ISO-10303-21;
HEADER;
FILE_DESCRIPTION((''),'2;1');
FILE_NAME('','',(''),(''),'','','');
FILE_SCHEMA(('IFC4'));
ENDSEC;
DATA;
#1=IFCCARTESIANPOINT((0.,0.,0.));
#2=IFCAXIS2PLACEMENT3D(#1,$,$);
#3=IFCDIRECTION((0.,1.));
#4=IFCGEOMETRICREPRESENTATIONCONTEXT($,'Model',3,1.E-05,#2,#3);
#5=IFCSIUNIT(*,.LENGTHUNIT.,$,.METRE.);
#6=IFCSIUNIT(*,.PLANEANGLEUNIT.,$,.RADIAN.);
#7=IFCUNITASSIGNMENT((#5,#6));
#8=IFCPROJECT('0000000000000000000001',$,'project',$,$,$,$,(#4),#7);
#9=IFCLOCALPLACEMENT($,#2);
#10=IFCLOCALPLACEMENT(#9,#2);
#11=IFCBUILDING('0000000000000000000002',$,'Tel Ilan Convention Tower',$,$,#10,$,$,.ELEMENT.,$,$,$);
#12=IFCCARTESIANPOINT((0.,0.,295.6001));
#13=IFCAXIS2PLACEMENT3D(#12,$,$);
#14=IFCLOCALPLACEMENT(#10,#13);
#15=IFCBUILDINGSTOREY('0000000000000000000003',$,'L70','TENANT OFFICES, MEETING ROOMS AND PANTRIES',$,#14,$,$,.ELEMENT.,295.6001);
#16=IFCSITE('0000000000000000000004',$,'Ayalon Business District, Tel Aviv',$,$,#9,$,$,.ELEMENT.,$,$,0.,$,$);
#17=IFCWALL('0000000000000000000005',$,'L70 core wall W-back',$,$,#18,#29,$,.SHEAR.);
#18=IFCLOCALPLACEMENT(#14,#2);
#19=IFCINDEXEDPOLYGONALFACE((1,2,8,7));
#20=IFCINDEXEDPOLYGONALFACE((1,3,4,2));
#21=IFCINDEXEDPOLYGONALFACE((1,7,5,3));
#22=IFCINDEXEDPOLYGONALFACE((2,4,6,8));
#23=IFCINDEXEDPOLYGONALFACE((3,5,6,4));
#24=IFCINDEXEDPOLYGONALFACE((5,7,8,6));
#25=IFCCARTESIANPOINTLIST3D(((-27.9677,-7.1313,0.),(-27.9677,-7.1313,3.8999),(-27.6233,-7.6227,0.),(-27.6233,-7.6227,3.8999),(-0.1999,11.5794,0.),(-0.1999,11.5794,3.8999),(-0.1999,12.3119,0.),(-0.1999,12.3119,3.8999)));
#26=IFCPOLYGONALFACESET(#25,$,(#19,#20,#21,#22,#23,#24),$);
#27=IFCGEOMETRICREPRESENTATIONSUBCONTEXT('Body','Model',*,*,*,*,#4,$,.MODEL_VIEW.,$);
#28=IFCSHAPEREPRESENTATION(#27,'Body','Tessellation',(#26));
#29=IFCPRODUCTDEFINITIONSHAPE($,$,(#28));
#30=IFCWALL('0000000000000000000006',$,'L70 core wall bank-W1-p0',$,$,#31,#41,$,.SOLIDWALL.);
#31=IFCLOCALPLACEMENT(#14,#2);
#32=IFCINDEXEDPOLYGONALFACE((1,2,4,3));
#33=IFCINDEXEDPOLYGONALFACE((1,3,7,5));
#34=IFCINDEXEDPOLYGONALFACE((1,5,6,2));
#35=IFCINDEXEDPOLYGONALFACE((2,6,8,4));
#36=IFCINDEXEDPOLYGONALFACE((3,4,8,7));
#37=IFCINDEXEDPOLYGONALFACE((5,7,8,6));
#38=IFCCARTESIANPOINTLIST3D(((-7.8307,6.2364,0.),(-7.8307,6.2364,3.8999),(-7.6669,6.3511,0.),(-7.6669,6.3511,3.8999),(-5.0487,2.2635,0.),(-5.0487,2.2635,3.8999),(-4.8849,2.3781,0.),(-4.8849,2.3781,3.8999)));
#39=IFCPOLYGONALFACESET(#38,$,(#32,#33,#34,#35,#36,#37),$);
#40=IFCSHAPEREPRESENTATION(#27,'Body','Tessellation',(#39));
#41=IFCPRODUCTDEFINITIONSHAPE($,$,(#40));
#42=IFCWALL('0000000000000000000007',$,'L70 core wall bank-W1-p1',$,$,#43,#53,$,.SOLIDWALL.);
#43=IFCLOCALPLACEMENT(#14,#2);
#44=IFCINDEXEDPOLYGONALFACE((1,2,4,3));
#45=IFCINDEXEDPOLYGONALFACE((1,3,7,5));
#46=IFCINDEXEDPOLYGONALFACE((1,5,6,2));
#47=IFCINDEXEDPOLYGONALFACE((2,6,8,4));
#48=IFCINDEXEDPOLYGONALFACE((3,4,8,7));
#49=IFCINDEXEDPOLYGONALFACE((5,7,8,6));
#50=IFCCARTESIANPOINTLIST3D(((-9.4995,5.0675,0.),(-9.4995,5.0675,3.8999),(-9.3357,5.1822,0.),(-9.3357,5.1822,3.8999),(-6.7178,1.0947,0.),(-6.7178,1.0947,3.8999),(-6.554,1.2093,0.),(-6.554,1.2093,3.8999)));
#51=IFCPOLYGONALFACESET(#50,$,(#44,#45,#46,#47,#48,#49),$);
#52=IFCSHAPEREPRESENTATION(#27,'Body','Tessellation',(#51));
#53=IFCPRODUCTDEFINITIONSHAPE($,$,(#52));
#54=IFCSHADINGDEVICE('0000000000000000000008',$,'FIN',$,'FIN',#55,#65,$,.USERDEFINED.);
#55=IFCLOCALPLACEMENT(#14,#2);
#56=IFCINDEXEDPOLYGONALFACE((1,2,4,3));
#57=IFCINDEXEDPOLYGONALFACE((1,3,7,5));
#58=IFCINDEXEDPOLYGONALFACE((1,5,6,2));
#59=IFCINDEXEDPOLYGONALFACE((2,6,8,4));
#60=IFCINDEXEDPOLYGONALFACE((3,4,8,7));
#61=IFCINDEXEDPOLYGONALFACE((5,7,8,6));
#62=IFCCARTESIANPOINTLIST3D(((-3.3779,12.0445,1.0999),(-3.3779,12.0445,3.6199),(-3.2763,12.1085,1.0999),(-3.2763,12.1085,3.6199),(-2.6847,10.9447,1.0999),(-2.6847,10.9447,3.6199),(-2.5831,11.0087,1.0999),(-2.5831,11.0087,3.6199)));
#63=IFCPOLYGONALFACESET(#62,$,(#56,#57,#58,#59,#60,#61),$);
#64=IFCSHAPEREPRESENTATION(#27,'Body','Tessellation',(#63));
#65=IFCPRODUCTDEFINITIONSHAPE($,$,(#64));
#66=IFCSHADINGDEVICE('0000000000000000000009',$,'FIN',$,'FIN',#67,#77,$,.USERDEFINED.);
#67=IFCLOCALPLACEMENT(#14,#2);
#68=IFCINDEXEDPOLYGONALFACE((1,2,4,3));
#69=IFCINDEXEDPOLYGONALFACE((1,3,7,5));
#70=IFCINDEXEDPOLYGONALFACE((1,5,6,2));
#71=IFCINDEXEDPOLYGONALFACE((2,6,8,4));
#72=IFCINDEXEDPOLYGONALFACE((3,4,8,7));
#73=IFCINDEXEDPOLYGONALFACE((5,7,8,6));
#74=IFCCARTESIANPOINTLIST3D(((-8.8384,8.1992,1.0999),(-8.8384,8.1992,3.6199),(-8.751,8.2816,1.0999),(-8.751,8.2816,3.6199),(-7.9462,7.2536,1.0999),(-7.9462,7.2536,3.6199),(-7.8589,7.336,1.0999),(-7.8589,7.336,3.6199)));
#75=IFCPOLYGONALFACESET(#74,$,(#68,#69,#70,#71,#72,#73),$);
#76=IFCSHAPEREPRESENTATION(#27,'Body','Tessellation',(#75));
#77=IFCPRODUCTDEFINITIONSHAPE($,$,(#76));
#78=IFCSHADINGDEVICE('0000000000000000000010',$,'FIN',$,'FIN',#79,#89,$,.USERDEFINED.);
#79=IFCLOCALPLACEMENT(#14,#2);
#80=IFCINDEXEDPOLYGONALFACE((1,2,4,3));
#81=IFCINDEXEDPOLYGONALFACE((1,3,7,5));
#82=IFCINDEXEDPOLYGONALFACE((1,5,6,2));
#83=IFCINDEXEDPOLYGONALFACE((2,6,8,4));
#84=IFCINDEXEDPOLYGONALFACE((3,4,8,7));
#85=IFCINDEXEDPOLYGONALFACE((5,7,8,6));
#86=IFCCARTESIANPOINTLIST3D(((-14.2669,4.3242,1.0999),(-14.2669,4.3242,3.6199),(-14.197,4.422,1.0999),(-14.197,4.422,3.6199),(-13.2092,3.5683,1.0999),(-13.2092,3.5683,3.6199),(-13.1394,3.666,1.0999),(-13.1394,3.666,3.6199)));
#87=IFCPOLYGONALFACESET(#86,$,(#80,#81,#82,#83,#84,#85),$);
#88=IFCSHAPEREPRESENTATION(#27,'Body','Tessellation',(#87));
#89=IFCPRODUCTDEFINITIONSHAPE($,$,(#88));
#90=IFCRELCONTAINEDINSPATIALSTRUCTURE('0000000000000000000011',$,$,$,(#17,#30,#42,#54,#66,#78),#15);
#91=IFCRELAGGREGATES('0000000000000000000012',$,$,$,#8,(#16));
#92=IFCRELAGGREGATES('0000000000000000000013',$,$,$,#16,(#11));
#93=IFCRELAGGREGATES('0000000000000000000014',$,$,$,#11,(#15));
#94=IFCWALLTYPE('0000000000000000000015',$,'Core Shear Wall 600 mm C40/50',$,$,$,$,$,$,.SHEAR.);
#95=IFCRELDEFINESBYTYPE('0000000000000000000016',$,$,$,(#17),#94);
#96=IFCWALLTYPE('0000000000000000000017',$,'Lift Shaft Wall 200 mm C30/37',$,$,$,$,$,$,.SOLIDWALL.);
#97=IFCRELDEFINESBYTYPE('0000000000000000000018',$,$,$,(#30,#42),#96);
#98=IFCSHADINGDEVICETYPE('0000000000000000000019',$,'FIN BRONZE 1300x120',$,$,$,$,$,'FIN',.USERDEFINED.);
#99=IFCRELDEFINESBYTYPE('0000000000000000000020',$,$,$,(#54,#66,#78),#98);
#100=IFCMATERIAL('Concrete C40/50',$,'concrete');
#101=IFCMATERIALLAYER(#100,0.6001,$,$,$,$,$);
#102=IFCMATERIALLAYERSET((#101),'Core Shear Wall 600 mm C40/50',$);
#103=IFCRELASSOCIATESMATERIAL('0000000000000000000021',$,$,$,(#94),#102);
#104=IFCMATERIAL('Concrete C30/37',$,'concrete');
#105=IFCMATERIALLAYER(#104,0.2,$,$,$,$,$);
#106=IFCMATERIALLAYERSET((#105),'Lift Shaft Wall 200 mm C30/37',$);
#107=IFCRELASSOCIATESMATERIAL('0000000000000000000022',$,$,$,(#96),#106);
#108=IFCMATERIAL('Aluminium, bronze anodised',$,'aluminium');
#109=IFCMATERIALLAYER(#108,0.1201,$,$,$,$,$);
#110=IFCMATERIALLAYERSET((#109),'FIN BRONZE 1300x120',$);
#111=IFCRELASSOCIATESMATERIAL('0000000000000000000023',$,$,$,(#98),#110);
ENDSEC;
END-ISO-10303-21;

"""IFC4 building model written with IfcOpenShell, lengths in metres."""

from ifc_helpers import new_model, si_unit, direction, frame, frame_2d, origin, origin_2d, place, context, subcontext, project, spatial, polyline, rectangle, outline, extrude, material, layer, layer_set, type_object, element, save


model = new_model("IFC4")

# Units and contexts
model_context = context("Model", 3, precision=1e-05, world=origin(), true_north=direction((0.0, 1.0)))
body_context = subcontext(model_context, "Body", "Model", "MODEL_VIEW")
ifc_project = project(units=[si_unit("LENGTHUNIT", "METRE"), si_unit("PLANEANGLEUNIT", "RADIAN")], contexts=[model_context])

# Site, building, storey
site_placement = place(None, origin())
site = spatial("IfcSite", under=ifc_project, at=site_placement, Name="Ayalon Business District, Tel Aviv", CompositionType="ELEMENT", RefElevation=0.0)
building_placement = place(site_placement, origin())
building = spatial("IfcBuilding", under=site, at=building_placement, Name="Tel Ilan Convention Tower", CompositionType="ELEMENT")
storey_placement = place(building_placement, frame((0.0, 0.0, 295.6001)))
storey = spatial("IfcBuildingStorey", under=building, at=storey_placement, Name="L70", Description="TENANT OFFICES, MEETING ROOMS AND PANTRIES", CompositionType="ELEMENT", Elevation=295.6001)

# Walls
ifc_material_1 = material(Name="Concrete C40/50", Category="concrete")
ifc_layer_1 = layer(ifc_material_1, 0.6001)
ifc_layer_set_1 = layer_set([ifc_layer_1], Name="Core Shear Wall 600 mm C40/50")
wall_type_1 = type_object("IfcWallType", Name="Core Shear Wall 600 mm C40/50", PredefinedType="SHEAR", material=ifc_layer_set_1)
wall_1_placement = place(storey_placement, frame((-0.0278, 12.0662, 0.0), z_axis=(0.0, 0.0, 1.0), x_axis=(-0.819151, -0.573577, 0.0)))
element("IfcWall", 1, at=wall_1_placement, inside=storey, type_object=wall_type_1, Name="L70 core wall W-back", PredefinedType="SHEAR", context=body_context, shape_type="SweptSolid", body=[
    extrude(outline(polyline([(33.8979, 0.3), (0.4202, 0.3), (0.0, -0.3), (33.8982, -0.3), (33.8979, 0.3)])), origin(), (0.0, 0.0, 1.0), 3.8999),
])
ifc_material_2 = material(Name="Concrete C30/37", Category="concrete")
ifc_layer_2 = layer(ifc_material_2, 0.2)
ifc_layer_set_2 = layer_set([ifc_layer_2], Name="Lift Shaft Wall 200 mm C30/37")
wall_type_2 = type_object("IfcWallType", Name="Lift Shaft Wall 200 mm C30/37", PredefinedType="SOLIDWALL", material=ifc_layer_set_2)
wall_2_placement = place(storey_placement, frame((-4.9668, 2.3208, 0.0), z_axis=(0.0, 0.0, 1.0), x_axis=(-0.573594, 0.81914, 0.0)))
element("IfcWall", 2, at=wall_2_placement, inside=storey, type_object=wall_type_2, Name="L70 core wall bank-W1-p0", PredefinedType="SOLIDWALL", context=body_context, shape_type="SweptSolid", body=[
    extrude(rectangle(XDim=4.8501, YDim=0.2, at=frame_2d((2.425, 0.0))), origin(), (0.0, 0.0, 1.0), 3.8999),
])
wall_3_placement = place(storey_placement, frame((-6.636, 1.1521, 0.0), z_axis=(0.0, 0.0, 1.0), x_axis=(-0.57356, 0.819163, 0.0)))
element("IfcWall", 3, at=wall_3_placement, inside=storey, type_object=wall_type_2, Name="L70 core wall bank-W1-p1", PredefinedType="SOLIDWALL", context=body_context, shape_type="SweptSolid", body=[
    extrude(rectangle(XDim=4.8499, YDim=0.2, at=frame_2d((2.4248, 0.0))), origin(), (0.0, 0.0, 1.0), 3.8999),
])

# Shading devices
ifc_material_3 = material(Name="Aluminium, bronze anodised", Category="aluminium")
ifc_layer_3 = layer(ifc_material_3, 0.1201)
ifc_layer_set_3 = layer_set([ifc_layer_3], Name="FIN BRONZE 1300x120")
shading_device_type = type_object("IfcShadingDeviceType", Name="FIN BRONZE 1300x120", ElementType="FIN", PredefinedType="USERDEFINED", material=ifc_layer_set_3)
for number, where, z_axis, x_axis, name in (
    (4, (-2.9805, 11.5266, 1.0999), (0.0, 0.0, 1.0), (-0.533204, 0.845986, 0.0), "FIN"),
    (5, (-8.3486, 7.7676, 1.0999), (0.0, 0.0, 1.0), (-0.686242, 0.727374, 0.0), "FIN"),
    (6, (-13.7031, 3.9951, 1.0999), (0.0, 0.0, 1.0), (-0.813552, 0.581492, 0.0), "FIN"),
):
    element("IfcShadingDevice", number, at=place(storey_placement, frame(where, z_axis=z_axis, x_axis=x_axis)), inside=storey, type_object=shading_device_type, Name=name, ObjectType="FIN", PredefinedType="USERDEFINED", context=body_context, shape_type="SweptSolid", body=[
        extrude(rectangle(XDim=1.3, YDim=0.1201, at=origin_2d()), origin(), (0.0, 0.0, 1.0), 2.52),
    ])

save(model, "model.ifc")
